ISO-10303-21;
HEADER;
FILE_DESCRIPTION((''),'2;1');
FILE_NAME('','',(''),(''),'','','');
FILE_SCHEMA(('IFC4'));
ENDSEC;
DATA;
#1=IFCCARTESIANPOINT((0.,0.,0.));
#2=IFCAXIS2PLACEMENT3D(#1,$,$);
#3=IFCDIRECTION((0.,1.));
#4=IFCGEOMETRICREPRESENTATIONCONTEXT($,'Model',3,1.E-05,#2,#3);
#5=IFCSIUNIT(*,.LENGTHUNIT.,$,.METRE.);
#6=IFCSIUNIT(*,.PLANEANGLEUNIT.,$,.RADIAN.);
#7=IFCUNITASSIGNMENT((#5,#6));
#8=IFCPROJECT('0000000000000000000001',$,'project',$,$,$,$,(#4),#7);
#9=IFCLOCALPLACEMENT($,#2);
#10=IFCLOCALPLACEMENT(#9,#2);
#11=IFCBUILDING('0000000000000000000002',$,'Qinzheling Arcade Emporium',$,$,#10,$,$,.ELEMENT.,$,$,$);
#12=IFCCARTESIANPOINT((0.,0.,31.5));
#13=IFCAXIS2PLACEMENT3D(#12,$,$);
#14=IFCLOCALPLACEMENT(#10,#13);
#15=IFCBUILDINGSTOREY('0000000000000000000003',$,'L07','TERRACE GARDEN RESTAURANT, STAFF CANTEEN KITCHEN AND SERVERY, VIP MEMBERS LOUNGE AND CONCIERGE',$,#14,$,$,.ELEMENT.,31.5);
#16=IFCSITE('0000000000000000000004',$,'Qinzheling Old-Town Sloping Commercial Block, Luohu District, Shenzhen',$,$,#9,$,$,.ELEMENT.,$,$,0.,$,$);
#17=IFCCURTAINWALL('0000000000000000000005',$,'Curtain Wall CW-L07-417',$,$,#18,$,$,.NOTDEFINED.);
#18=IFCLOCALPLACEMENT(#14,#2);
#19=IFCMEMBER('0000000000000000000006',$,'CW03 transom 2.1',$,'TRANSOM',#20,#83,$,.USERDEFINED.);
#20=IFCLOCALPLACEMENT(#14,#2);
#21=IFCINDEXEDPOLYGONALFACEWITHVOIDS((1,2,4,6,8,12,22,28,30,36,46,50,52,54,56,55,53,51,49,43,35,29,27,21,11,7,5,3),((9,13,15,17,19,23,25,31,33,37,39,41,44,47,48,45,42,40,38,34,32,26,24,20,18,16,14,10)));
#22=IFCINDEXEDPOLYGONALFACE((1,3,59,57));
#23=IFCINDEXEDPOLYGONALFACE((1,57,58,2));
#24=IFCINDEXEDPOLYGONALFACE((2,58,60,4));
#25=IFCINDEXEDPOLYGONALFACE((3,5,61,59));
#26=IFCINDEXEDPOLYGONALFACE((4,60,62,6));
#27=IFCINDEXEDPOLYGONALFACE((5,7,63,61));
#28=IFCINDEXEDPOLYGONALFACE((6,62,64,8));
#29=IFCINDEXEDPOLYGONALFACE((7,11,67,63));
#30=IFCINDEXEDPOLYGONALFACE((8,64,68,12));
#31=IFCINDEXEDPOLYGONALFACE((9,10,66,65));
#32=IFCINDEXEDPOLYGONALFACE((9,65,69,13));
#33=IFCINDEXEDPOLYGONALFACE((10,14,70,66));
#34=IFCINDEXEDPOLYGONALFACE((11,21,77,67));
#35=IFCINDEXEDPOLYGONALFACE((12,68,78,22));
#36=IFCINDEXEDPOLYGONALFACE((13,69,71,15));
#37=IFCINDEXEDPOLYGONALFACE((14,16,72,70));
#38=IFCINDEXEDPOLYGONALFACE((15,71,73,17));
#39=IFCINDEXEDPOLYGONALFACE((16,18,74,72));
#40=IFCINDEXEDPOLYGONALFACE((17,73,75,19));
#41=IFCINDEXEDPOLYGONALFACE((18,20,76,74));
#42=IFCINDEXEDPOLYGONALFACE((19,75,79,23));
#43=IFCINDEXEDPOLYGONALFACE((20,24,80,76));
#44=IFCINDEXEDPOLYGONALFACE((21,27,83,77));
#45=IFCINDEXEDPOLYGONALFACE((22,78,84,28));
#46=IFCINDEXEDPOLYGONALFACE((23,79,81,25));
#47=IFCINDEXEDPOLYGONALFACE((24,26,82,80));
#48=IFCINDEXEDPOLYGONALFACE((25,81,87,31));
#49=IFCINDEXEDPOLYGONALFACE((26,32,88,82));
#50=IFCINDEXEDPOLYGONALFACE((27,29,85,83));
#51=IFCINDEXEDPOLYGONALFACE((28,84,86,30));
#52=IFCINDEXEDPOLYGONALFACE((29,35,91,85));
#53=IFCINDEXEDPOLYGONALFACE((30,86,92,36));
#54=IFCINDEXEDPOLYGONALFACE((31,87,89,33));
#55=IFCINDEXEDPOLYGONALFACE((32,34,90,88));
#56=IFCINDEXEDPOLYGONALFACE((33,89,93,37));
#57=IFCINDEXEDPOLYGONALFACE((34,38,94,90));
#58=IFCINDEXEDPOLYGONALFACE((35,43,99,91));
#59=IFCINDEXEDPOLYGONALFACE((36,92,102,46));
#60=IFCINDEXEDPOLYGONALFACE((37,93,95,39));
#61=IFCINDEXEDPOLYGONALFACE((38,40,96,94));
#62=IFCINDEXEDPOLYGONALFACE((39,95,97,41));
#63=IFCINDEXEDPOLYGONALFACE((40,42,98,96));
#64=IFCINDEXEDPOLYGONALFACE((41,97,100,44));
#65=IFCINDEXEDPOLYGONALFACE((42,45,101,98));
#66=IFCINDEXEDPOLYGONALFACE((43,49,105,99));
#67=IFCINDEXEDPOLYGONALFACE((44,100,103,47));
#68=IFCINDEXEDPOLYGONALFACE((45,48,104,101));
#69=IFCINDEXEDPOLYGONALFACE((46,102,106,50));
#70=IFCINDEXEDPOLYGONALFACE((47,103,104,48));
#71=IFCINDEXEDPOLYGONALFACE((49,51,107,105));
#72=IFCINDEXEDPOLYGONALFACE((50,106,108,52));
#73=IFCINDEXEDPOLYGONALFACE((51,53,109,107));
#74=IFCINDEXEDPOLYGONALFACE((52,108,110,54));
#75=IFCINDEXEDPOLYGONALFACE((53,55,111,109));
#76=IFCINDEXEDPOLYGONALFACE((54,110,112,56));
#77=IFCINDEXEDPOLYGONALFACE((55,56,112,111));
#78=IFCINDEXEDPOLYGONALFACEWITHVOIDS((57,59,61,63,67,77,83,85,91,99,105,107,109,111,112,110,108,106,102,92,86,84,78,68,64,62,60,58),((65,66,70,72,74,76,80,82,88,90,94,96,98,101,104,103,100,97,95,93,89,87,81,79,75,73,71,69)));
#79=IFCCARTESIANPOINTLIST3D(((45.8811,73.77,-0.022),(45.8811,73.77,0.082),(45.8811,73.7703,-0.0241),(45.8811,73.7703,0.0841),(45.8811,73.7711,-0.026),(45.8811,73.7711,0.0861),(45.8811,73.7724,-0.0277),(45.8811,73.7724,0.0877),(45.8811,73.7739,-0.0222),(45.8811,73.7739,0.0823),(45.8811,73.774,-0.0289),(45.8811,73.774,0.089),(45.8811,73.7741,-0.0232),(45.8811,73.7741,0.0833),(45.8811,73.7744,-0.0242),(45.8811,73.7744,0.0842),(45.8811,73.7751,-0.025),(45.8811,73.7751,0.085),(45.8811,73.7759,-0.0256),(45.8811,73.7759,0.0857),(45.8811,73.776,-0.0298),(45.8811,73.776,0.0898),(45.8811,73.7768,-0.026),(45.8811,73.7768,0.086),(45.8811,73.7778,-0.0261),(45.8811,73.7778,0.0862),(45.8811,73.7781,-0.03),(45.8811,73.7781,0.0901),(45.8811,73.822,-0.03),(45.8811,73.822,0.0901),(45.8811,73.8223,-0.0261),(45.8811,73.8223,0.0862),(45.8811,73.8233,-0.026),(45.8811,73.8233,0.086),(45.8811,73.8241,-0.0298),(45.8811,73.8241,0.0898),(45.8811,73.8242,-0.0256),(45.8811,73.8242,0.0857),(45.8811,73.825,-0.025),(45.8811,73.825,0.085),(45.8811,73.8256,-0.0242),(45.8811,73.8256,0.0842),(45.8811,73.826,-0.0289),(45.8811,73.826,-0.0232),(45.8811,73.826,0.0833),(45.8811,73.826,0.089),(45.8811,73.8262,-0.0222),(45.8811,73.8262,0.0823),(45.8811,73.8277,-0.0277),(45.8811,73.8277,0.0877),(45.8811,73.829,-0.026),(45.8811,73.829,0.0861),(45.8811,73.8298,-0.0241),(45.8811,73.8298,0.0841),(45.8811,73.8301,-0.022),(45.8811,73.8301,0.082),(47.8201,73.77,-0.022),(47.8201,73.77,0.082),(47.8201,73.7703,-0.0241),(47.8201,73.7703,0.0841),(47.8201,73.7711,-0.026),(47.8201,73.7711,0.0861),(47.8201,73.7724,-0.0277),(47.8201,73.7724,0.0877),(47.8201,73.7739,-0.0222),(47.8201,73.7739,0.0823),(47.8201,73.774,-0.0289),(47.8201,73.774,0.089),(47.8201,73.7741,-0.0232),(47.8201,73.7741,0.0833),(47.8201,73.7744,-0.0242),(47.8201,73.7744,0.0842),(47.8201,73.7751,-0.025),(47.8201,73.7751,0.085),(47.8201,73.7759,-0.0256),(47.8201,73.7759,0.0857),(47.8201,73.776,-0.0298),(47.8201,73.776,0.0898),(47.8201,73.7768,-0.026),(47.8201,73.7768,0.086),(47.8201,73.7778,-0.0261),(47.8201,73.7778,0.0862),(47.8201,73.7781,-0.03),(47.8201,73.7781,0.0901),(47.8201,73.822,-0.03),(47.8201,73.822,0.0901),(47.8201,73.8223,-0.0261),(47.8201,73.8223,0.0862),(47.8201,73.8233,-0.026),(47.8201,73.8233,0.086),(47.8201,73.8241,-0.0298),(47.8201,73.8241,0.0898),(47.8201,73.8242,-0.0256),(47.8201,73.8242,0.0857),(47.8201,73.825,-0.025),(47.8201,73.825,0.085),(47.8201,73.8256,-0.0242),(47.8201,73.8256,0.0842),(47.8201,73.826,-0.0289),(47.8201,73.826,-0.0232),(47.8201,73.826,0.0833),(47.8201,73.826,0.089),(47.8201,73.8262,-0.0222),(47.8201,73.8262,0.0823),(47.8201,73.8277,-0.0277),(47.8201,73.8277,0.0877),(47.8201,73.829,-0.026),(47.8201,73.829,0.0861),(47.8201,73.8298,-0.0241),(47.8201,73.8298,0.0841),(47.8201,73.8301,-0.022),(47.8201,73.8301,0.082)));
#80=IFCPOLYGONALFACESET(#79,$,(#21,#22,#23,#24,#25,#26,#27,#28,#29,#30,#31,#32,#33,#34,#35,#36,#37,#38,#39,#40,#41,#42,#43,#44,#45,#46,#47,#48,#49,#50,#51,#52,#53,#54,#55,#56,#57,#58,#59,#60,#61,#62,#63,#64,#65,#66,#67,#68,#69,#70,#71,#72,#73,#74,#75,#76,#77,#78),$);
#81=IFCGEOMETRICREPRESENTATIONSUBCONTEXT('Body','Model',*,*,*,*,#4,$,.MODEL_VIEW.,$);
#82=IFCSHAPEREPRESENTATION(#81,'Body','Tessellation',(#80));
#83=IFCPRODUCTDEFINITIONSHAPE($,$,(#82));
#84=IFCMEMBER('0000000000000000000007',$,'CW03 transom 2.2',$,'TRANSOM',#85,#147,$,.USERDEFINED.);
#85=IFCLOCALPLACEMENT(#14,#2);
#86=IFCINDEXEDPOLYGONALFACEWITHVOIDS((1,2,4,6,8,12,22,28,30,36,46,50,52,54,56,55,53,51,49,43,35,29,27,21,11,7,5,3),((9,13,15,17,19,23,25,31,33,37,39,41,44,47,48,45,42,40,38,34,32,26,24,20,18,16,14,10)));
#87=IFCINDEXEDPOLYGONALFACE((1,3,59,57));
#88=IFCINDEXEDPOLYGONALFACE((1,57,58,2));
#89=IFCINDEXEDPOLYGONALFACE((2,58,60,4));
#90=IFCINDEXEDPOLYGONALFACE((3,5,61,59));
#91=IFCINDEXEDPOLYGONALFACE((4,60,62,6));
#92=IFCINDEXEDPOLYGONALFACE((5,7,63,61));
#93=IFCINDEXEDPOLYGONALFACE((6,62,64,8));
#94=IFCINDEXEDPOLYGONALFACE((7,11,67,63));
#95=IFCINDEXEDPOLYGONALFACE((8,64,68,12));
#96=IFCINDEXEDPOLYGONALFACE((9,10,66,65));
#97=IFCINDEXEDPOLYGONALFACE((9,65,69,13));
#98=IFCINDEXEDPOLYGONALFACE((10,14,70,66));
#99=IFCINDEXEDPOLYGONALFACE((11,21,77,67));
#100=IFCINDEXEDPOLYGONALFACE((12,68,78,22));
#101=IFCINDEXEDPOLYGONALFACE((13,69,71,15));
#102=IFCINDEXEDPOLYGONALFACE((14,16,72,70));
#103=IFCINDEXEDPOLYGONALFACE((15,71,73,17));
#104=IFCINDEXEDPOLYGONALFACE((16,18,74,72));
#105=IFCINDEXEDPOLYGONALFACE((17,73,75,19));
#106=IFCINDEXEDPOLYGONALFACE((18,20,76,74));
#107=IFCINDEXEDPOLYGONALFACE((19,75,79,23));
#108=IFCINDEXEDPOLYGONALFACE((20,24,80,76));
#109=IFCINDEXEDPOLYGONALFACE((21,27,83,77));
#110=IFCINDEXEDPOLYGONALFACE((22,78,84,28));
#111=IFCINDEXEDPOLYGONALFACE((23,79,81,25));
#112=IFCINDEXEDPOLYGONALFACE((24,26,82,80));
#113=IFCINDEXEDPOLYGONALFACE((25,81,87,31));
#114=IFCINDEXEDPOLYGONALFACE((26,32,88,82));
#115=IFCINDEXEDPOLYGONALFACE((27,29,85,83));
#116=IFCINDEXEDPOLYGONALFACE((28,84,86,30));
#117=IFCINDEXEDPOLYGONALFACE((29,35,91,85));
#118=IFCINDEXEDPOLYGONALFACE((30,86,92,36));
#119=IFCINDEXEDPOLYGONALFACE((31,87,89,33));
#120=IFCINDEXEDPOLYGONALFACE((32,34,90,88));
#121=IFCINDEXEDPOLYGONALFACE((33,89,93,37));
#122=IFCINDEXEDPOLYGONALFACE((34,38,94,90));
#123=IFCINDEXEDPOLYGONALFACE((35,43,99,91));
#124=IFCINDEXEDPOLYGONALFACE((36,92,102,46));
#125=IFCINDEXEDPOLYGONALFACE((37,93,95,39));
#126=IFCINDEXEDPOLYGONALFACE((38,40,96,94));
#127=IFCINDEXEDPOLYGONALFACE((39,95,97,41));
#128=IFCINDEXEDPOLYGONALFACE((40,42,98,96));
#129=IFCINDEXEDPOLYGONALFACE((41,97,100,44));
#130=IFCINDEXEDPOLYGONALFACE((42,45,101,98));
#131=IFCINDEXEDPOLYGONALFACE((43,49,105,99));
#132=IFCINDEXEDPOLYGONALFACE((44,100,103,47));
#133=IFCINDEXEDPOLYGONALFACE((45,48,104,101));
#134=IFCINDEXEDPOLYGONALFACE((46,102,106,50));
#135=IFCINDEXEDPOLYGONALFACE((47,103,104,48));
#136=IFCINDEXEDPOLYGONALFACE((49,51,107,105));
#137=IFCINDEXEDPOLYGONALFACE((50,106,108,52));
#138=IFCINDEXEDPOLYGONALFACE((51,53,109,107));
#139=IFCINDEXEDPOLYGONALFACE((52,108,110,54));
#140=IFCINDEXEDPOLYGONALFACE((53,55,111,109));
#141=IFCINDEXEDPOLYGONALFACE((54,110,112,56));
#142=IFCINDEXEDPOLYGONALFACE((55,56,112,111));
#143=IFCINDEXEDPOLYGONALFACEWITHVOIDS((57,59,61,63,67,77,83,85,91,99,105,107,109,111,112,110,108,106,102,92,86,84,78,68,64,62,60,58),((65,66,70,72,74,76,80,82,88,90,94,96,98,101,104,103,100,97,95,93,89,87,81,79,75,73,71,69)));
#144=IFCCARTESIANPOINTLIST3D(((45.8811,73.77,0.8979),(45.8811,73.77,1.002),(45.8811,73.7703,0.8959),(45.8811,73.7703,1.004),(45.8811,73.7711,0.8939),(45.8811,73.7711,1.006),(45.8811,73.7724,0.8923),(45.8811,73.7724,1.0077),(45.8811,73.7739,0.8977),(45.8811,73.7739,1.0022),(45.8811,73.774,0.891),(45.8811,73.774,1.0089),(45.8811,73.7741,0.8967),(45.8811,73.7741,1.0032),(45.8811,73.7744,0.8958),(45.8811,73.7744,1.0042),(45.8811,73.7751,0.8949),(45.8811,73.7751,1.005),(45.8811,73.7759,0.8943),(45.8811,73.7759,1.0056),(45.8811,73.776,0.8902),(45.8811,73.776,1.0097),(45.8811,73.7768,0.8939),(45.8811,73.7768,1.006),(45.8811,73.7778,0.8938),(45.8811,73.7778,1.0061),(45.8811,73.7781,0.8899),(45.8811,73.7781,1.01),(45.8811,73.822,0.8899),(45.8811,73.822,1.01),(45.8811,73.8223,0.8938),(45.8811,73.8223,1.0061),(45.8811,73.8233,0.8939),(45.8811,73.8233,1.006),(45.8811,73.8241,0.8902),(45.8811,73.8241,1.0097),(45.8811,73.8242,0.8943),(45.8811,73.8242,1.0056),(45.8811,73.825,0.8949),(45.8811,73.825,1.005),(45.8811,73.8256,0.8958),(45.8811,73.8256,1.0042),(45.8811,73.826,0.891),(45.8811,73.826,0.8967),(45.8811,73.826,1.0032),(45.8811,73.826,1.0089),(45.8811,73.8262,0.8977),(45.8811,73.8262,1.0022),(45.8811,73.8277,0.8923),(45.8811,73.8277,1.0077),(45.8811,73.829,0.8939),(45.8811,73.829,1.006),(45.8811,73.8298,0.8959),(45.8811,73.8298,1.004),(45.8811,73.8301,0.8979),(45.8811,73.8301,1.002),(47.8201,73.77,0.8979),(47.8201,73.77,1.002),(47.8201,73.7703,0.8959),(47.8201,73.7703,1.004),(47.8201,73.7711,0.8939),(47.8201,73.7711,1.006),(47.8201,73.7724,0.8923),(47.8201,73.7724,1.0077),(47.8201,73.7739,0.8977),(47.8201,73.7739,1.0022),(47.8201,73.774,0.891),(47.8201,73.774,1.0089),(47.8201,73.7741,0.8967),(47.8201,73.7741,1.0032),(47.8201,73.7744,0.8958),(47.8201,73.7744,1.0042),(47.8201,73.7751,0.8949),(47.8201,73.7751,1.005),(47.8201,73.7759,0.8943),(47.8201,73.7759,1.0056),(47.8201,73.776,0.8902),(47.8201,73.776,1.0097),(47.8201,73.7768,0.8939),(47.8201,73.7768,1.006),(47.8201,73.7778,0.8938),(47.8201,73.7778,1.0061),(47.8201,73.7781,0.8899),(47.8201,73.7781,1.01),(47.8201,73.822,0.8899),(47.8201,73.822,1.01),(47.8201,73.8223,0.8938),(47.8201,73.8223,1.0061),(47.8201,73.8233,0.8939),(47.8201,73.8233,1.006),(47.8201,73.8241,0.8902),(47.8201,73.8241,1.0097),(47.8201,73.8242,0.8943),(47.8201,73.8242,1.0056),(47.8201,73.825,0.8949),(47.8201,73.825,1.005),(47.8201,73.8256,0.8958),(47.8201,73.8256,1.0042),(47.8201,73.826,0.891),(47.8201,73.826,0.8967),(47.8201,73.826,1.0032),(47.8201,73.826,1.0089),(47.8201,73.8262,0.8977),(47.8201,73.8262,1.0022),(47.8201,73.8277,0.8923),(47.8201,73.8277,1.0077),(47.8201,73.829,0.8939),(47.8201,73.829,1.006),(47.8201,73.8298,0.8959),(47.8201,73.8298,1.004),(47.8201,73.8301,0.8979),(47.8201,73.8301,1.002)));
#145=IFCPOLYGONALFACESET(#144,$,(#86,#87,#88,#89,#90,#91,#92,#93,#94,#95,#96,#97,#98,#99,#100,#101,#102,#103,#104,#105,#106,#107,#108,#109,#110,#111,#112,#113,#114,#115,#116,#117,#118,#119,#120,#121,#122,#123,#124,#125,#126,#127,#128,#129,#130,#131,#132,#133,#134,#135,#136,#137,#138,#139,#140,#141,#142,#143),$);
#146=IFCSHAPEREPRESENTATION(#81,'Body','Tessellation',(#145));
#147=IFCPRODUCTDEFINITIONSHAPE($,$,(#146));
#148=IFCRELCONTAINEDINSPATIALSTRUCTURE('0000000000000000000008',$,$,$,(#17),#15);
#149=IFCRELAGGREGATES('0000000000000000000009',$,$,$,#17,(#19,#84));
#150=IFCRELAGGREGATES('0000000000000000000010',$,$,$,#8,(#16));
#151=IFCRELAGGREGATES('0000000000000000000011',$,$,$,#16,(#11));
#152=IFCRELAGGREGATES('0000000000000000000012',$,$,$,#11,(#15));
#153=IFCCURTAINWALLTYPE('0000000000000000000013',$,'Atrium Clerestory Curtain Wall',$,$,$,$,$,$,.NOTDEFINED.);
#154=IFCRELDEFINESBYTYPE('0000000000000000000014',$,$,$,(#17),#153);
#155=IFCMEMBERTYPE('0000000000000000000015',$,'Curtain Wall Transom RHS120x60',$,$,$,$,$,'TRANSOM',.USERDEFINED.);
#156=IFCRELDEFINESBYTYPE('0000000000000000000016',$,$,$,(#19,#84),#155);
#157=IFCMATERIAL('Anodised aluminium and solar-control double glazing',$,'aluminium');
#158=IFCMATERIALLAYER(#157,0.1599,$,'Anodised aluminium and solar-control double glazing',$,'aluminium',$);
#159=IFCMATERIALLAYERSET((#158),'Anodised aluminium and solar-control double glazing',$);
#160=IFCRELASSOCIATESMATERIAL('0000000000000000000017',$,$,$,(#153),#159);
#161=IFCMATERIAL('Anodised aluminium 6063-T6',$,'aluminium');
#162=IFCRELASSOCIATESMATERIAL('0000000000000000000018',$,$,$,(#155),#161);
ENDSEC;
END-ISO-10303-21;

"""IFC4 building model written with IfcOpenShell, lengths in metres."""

from ifc_helpers import new_model, si_unit, direction, frame, origin, origin_2d, place, context, subcontext, project, spatial, hollow_rectangle, extrude, material, layer, layer_set, material_profile, profile_set, type_object, element, aggregate, save


model = new_model("IFC4")

# Units and contexts
model_context = context("Model", 3, precision=1e-05, world=origin(), true_north=direction((0.0, 1.0)))
body_context = subcontext(model_context, "Body", "Model", "MODEL_VIEW")
ifc_project = project(units=[si_unit("LENGTHUNIT", "METRE"), si_unit("PLANEANGLEUNIT", "RADIAN")], contexts=[model_context])

# Site, building, storey
site_placement = place(None, origin())
site = spatial("IfcSite", under=ifc_project, at=site_placement, Name="Qinzheling Old-Town Sloping Commercial Block, Luohu District, Shenzhen", CompositionType="ELEMENT", RefElevation=0.0)
building_placement = place(site_placement, origin())
building = spatial("IfcBuilding", under=site, at=building_placement, Name="Qinzheling Arcade Emporium", CompositionType="ELEMENT")
storey_placement = place(building_placement, frame((0.0, 0.0, 31.5)))
storey = spatial("IfcBuildingStorey", under=building, at=storey_placement, Name="L07", Description="TERRACE GARDEN RESTAURANT, STAFF CANTEEN KITCHEN AND SERVERY, VIP MEMBERS LOUNGE AND CONCIERGE", CompositionType="ELEMENT", Elevation=31.5)

# Curtain wall, members
ifc_material_1 = material(Name="Anodised aluminium and solar-control double glazing", Category="aluminium")
ifc_layer_1 = layer(ifc_material_1, 0.1599, Name="Anodised aluminium and solar-control double glazing", Category="aluminium")
ifc_layer_set_1 = layer_set([ifc_layer_1], Name="Anodised aluminium and solar-control double glazing")
curtain_wall_type = type_object("IfcCurtainWallType", Name="Atrium Clerestory Curtain Wall", PredefinedType="NOTDEFINED", material=ifc_layer_set_1)
curtain_wall_placement = place(storey_placement, origin())
curtain_wall = element("IfcCurtainWall", 1, at=curtain_wall_placement, inside=storey, type_object=curtain_wall_type, Name="Curtain Wall CW-L07-417", PredefinedType="NOTDEFINED")
ifc_material_2 = material(Name="Anodised aluminium 6063-T6", Category="aluminium")
ifc_material_profile_1 = material_profile(ifc_material_2, hollow_rectangle(XDim=0.0601, YDim=0.1201, WallThickness=0.0039, InnerFilletRadius=0.0039, OuterFilletRadius=0.0081, at=origin_2d()), Name="RHS 120x60x4", Category="aluminium")
ifc_profile_set_1 = profile_set([ifc_material_profile_1], Name="Anodised aluminium 6063-T6")
member_type_1 = type_object("IfcMemberType", Name="Curtain Wall Transom RHS120x60", ElementType="TRANSOM", PredefinedType="USERDEFINED", material=ifc_profile_set_1)
member_1_placement = place(storey_placement, frame((45.8811, 73.8, 0.03), z_axis=(1.0, 0.0, 0.0), x_axis=(0.0, 1.0, 0.0)))
member_1 = element("IfcMember", 2, at=member_1_placement, type_object=member_type_1, Name="CW03 transom 2.1", ObjectType="TRANSOM", PredefinedType="USERDEFINED", context=body_context, shape_type="SweptSolid", body=[
    extrude(hollow_rectangle(XDim=0.0601, YDim=0.1201, WallThickness=0.0039, InnerFilletRadius=0.0039, OuterFilletRadius=0.0081, at=origin_2d()), origin(), (0.0, 0.0, 1.0), 1.939),
])
member_2_placement = place(storey_placement, frame((45.8811, 73.8, 0.95), z_axis=(1.0, 0.0, 0.0), x_axis=(0.0, 1.0, 0.0)))
member_2 = element("IfcMember", 3, at=member_2_placement, type_object=member_type_1, Name="CW03 transom 2.2", ObjectType="TRANSOM", PredefinedType="USERDEFINED", context=body_context, shape_type="SweptSolid", body=[
    extrude(hollow_rectangle(XDim=0.0601, YDim=0.1201, WallThickness=0.0039, InnerFilletRadius=0.0039, OuterFilletRadius=0.0081, at=origin_2d()), origin(), (0.0, 0.0, 1.0), 1.939),
])

aggregate(curtain_wall, [member_1, member_2])

save(model, "model.ifc")
